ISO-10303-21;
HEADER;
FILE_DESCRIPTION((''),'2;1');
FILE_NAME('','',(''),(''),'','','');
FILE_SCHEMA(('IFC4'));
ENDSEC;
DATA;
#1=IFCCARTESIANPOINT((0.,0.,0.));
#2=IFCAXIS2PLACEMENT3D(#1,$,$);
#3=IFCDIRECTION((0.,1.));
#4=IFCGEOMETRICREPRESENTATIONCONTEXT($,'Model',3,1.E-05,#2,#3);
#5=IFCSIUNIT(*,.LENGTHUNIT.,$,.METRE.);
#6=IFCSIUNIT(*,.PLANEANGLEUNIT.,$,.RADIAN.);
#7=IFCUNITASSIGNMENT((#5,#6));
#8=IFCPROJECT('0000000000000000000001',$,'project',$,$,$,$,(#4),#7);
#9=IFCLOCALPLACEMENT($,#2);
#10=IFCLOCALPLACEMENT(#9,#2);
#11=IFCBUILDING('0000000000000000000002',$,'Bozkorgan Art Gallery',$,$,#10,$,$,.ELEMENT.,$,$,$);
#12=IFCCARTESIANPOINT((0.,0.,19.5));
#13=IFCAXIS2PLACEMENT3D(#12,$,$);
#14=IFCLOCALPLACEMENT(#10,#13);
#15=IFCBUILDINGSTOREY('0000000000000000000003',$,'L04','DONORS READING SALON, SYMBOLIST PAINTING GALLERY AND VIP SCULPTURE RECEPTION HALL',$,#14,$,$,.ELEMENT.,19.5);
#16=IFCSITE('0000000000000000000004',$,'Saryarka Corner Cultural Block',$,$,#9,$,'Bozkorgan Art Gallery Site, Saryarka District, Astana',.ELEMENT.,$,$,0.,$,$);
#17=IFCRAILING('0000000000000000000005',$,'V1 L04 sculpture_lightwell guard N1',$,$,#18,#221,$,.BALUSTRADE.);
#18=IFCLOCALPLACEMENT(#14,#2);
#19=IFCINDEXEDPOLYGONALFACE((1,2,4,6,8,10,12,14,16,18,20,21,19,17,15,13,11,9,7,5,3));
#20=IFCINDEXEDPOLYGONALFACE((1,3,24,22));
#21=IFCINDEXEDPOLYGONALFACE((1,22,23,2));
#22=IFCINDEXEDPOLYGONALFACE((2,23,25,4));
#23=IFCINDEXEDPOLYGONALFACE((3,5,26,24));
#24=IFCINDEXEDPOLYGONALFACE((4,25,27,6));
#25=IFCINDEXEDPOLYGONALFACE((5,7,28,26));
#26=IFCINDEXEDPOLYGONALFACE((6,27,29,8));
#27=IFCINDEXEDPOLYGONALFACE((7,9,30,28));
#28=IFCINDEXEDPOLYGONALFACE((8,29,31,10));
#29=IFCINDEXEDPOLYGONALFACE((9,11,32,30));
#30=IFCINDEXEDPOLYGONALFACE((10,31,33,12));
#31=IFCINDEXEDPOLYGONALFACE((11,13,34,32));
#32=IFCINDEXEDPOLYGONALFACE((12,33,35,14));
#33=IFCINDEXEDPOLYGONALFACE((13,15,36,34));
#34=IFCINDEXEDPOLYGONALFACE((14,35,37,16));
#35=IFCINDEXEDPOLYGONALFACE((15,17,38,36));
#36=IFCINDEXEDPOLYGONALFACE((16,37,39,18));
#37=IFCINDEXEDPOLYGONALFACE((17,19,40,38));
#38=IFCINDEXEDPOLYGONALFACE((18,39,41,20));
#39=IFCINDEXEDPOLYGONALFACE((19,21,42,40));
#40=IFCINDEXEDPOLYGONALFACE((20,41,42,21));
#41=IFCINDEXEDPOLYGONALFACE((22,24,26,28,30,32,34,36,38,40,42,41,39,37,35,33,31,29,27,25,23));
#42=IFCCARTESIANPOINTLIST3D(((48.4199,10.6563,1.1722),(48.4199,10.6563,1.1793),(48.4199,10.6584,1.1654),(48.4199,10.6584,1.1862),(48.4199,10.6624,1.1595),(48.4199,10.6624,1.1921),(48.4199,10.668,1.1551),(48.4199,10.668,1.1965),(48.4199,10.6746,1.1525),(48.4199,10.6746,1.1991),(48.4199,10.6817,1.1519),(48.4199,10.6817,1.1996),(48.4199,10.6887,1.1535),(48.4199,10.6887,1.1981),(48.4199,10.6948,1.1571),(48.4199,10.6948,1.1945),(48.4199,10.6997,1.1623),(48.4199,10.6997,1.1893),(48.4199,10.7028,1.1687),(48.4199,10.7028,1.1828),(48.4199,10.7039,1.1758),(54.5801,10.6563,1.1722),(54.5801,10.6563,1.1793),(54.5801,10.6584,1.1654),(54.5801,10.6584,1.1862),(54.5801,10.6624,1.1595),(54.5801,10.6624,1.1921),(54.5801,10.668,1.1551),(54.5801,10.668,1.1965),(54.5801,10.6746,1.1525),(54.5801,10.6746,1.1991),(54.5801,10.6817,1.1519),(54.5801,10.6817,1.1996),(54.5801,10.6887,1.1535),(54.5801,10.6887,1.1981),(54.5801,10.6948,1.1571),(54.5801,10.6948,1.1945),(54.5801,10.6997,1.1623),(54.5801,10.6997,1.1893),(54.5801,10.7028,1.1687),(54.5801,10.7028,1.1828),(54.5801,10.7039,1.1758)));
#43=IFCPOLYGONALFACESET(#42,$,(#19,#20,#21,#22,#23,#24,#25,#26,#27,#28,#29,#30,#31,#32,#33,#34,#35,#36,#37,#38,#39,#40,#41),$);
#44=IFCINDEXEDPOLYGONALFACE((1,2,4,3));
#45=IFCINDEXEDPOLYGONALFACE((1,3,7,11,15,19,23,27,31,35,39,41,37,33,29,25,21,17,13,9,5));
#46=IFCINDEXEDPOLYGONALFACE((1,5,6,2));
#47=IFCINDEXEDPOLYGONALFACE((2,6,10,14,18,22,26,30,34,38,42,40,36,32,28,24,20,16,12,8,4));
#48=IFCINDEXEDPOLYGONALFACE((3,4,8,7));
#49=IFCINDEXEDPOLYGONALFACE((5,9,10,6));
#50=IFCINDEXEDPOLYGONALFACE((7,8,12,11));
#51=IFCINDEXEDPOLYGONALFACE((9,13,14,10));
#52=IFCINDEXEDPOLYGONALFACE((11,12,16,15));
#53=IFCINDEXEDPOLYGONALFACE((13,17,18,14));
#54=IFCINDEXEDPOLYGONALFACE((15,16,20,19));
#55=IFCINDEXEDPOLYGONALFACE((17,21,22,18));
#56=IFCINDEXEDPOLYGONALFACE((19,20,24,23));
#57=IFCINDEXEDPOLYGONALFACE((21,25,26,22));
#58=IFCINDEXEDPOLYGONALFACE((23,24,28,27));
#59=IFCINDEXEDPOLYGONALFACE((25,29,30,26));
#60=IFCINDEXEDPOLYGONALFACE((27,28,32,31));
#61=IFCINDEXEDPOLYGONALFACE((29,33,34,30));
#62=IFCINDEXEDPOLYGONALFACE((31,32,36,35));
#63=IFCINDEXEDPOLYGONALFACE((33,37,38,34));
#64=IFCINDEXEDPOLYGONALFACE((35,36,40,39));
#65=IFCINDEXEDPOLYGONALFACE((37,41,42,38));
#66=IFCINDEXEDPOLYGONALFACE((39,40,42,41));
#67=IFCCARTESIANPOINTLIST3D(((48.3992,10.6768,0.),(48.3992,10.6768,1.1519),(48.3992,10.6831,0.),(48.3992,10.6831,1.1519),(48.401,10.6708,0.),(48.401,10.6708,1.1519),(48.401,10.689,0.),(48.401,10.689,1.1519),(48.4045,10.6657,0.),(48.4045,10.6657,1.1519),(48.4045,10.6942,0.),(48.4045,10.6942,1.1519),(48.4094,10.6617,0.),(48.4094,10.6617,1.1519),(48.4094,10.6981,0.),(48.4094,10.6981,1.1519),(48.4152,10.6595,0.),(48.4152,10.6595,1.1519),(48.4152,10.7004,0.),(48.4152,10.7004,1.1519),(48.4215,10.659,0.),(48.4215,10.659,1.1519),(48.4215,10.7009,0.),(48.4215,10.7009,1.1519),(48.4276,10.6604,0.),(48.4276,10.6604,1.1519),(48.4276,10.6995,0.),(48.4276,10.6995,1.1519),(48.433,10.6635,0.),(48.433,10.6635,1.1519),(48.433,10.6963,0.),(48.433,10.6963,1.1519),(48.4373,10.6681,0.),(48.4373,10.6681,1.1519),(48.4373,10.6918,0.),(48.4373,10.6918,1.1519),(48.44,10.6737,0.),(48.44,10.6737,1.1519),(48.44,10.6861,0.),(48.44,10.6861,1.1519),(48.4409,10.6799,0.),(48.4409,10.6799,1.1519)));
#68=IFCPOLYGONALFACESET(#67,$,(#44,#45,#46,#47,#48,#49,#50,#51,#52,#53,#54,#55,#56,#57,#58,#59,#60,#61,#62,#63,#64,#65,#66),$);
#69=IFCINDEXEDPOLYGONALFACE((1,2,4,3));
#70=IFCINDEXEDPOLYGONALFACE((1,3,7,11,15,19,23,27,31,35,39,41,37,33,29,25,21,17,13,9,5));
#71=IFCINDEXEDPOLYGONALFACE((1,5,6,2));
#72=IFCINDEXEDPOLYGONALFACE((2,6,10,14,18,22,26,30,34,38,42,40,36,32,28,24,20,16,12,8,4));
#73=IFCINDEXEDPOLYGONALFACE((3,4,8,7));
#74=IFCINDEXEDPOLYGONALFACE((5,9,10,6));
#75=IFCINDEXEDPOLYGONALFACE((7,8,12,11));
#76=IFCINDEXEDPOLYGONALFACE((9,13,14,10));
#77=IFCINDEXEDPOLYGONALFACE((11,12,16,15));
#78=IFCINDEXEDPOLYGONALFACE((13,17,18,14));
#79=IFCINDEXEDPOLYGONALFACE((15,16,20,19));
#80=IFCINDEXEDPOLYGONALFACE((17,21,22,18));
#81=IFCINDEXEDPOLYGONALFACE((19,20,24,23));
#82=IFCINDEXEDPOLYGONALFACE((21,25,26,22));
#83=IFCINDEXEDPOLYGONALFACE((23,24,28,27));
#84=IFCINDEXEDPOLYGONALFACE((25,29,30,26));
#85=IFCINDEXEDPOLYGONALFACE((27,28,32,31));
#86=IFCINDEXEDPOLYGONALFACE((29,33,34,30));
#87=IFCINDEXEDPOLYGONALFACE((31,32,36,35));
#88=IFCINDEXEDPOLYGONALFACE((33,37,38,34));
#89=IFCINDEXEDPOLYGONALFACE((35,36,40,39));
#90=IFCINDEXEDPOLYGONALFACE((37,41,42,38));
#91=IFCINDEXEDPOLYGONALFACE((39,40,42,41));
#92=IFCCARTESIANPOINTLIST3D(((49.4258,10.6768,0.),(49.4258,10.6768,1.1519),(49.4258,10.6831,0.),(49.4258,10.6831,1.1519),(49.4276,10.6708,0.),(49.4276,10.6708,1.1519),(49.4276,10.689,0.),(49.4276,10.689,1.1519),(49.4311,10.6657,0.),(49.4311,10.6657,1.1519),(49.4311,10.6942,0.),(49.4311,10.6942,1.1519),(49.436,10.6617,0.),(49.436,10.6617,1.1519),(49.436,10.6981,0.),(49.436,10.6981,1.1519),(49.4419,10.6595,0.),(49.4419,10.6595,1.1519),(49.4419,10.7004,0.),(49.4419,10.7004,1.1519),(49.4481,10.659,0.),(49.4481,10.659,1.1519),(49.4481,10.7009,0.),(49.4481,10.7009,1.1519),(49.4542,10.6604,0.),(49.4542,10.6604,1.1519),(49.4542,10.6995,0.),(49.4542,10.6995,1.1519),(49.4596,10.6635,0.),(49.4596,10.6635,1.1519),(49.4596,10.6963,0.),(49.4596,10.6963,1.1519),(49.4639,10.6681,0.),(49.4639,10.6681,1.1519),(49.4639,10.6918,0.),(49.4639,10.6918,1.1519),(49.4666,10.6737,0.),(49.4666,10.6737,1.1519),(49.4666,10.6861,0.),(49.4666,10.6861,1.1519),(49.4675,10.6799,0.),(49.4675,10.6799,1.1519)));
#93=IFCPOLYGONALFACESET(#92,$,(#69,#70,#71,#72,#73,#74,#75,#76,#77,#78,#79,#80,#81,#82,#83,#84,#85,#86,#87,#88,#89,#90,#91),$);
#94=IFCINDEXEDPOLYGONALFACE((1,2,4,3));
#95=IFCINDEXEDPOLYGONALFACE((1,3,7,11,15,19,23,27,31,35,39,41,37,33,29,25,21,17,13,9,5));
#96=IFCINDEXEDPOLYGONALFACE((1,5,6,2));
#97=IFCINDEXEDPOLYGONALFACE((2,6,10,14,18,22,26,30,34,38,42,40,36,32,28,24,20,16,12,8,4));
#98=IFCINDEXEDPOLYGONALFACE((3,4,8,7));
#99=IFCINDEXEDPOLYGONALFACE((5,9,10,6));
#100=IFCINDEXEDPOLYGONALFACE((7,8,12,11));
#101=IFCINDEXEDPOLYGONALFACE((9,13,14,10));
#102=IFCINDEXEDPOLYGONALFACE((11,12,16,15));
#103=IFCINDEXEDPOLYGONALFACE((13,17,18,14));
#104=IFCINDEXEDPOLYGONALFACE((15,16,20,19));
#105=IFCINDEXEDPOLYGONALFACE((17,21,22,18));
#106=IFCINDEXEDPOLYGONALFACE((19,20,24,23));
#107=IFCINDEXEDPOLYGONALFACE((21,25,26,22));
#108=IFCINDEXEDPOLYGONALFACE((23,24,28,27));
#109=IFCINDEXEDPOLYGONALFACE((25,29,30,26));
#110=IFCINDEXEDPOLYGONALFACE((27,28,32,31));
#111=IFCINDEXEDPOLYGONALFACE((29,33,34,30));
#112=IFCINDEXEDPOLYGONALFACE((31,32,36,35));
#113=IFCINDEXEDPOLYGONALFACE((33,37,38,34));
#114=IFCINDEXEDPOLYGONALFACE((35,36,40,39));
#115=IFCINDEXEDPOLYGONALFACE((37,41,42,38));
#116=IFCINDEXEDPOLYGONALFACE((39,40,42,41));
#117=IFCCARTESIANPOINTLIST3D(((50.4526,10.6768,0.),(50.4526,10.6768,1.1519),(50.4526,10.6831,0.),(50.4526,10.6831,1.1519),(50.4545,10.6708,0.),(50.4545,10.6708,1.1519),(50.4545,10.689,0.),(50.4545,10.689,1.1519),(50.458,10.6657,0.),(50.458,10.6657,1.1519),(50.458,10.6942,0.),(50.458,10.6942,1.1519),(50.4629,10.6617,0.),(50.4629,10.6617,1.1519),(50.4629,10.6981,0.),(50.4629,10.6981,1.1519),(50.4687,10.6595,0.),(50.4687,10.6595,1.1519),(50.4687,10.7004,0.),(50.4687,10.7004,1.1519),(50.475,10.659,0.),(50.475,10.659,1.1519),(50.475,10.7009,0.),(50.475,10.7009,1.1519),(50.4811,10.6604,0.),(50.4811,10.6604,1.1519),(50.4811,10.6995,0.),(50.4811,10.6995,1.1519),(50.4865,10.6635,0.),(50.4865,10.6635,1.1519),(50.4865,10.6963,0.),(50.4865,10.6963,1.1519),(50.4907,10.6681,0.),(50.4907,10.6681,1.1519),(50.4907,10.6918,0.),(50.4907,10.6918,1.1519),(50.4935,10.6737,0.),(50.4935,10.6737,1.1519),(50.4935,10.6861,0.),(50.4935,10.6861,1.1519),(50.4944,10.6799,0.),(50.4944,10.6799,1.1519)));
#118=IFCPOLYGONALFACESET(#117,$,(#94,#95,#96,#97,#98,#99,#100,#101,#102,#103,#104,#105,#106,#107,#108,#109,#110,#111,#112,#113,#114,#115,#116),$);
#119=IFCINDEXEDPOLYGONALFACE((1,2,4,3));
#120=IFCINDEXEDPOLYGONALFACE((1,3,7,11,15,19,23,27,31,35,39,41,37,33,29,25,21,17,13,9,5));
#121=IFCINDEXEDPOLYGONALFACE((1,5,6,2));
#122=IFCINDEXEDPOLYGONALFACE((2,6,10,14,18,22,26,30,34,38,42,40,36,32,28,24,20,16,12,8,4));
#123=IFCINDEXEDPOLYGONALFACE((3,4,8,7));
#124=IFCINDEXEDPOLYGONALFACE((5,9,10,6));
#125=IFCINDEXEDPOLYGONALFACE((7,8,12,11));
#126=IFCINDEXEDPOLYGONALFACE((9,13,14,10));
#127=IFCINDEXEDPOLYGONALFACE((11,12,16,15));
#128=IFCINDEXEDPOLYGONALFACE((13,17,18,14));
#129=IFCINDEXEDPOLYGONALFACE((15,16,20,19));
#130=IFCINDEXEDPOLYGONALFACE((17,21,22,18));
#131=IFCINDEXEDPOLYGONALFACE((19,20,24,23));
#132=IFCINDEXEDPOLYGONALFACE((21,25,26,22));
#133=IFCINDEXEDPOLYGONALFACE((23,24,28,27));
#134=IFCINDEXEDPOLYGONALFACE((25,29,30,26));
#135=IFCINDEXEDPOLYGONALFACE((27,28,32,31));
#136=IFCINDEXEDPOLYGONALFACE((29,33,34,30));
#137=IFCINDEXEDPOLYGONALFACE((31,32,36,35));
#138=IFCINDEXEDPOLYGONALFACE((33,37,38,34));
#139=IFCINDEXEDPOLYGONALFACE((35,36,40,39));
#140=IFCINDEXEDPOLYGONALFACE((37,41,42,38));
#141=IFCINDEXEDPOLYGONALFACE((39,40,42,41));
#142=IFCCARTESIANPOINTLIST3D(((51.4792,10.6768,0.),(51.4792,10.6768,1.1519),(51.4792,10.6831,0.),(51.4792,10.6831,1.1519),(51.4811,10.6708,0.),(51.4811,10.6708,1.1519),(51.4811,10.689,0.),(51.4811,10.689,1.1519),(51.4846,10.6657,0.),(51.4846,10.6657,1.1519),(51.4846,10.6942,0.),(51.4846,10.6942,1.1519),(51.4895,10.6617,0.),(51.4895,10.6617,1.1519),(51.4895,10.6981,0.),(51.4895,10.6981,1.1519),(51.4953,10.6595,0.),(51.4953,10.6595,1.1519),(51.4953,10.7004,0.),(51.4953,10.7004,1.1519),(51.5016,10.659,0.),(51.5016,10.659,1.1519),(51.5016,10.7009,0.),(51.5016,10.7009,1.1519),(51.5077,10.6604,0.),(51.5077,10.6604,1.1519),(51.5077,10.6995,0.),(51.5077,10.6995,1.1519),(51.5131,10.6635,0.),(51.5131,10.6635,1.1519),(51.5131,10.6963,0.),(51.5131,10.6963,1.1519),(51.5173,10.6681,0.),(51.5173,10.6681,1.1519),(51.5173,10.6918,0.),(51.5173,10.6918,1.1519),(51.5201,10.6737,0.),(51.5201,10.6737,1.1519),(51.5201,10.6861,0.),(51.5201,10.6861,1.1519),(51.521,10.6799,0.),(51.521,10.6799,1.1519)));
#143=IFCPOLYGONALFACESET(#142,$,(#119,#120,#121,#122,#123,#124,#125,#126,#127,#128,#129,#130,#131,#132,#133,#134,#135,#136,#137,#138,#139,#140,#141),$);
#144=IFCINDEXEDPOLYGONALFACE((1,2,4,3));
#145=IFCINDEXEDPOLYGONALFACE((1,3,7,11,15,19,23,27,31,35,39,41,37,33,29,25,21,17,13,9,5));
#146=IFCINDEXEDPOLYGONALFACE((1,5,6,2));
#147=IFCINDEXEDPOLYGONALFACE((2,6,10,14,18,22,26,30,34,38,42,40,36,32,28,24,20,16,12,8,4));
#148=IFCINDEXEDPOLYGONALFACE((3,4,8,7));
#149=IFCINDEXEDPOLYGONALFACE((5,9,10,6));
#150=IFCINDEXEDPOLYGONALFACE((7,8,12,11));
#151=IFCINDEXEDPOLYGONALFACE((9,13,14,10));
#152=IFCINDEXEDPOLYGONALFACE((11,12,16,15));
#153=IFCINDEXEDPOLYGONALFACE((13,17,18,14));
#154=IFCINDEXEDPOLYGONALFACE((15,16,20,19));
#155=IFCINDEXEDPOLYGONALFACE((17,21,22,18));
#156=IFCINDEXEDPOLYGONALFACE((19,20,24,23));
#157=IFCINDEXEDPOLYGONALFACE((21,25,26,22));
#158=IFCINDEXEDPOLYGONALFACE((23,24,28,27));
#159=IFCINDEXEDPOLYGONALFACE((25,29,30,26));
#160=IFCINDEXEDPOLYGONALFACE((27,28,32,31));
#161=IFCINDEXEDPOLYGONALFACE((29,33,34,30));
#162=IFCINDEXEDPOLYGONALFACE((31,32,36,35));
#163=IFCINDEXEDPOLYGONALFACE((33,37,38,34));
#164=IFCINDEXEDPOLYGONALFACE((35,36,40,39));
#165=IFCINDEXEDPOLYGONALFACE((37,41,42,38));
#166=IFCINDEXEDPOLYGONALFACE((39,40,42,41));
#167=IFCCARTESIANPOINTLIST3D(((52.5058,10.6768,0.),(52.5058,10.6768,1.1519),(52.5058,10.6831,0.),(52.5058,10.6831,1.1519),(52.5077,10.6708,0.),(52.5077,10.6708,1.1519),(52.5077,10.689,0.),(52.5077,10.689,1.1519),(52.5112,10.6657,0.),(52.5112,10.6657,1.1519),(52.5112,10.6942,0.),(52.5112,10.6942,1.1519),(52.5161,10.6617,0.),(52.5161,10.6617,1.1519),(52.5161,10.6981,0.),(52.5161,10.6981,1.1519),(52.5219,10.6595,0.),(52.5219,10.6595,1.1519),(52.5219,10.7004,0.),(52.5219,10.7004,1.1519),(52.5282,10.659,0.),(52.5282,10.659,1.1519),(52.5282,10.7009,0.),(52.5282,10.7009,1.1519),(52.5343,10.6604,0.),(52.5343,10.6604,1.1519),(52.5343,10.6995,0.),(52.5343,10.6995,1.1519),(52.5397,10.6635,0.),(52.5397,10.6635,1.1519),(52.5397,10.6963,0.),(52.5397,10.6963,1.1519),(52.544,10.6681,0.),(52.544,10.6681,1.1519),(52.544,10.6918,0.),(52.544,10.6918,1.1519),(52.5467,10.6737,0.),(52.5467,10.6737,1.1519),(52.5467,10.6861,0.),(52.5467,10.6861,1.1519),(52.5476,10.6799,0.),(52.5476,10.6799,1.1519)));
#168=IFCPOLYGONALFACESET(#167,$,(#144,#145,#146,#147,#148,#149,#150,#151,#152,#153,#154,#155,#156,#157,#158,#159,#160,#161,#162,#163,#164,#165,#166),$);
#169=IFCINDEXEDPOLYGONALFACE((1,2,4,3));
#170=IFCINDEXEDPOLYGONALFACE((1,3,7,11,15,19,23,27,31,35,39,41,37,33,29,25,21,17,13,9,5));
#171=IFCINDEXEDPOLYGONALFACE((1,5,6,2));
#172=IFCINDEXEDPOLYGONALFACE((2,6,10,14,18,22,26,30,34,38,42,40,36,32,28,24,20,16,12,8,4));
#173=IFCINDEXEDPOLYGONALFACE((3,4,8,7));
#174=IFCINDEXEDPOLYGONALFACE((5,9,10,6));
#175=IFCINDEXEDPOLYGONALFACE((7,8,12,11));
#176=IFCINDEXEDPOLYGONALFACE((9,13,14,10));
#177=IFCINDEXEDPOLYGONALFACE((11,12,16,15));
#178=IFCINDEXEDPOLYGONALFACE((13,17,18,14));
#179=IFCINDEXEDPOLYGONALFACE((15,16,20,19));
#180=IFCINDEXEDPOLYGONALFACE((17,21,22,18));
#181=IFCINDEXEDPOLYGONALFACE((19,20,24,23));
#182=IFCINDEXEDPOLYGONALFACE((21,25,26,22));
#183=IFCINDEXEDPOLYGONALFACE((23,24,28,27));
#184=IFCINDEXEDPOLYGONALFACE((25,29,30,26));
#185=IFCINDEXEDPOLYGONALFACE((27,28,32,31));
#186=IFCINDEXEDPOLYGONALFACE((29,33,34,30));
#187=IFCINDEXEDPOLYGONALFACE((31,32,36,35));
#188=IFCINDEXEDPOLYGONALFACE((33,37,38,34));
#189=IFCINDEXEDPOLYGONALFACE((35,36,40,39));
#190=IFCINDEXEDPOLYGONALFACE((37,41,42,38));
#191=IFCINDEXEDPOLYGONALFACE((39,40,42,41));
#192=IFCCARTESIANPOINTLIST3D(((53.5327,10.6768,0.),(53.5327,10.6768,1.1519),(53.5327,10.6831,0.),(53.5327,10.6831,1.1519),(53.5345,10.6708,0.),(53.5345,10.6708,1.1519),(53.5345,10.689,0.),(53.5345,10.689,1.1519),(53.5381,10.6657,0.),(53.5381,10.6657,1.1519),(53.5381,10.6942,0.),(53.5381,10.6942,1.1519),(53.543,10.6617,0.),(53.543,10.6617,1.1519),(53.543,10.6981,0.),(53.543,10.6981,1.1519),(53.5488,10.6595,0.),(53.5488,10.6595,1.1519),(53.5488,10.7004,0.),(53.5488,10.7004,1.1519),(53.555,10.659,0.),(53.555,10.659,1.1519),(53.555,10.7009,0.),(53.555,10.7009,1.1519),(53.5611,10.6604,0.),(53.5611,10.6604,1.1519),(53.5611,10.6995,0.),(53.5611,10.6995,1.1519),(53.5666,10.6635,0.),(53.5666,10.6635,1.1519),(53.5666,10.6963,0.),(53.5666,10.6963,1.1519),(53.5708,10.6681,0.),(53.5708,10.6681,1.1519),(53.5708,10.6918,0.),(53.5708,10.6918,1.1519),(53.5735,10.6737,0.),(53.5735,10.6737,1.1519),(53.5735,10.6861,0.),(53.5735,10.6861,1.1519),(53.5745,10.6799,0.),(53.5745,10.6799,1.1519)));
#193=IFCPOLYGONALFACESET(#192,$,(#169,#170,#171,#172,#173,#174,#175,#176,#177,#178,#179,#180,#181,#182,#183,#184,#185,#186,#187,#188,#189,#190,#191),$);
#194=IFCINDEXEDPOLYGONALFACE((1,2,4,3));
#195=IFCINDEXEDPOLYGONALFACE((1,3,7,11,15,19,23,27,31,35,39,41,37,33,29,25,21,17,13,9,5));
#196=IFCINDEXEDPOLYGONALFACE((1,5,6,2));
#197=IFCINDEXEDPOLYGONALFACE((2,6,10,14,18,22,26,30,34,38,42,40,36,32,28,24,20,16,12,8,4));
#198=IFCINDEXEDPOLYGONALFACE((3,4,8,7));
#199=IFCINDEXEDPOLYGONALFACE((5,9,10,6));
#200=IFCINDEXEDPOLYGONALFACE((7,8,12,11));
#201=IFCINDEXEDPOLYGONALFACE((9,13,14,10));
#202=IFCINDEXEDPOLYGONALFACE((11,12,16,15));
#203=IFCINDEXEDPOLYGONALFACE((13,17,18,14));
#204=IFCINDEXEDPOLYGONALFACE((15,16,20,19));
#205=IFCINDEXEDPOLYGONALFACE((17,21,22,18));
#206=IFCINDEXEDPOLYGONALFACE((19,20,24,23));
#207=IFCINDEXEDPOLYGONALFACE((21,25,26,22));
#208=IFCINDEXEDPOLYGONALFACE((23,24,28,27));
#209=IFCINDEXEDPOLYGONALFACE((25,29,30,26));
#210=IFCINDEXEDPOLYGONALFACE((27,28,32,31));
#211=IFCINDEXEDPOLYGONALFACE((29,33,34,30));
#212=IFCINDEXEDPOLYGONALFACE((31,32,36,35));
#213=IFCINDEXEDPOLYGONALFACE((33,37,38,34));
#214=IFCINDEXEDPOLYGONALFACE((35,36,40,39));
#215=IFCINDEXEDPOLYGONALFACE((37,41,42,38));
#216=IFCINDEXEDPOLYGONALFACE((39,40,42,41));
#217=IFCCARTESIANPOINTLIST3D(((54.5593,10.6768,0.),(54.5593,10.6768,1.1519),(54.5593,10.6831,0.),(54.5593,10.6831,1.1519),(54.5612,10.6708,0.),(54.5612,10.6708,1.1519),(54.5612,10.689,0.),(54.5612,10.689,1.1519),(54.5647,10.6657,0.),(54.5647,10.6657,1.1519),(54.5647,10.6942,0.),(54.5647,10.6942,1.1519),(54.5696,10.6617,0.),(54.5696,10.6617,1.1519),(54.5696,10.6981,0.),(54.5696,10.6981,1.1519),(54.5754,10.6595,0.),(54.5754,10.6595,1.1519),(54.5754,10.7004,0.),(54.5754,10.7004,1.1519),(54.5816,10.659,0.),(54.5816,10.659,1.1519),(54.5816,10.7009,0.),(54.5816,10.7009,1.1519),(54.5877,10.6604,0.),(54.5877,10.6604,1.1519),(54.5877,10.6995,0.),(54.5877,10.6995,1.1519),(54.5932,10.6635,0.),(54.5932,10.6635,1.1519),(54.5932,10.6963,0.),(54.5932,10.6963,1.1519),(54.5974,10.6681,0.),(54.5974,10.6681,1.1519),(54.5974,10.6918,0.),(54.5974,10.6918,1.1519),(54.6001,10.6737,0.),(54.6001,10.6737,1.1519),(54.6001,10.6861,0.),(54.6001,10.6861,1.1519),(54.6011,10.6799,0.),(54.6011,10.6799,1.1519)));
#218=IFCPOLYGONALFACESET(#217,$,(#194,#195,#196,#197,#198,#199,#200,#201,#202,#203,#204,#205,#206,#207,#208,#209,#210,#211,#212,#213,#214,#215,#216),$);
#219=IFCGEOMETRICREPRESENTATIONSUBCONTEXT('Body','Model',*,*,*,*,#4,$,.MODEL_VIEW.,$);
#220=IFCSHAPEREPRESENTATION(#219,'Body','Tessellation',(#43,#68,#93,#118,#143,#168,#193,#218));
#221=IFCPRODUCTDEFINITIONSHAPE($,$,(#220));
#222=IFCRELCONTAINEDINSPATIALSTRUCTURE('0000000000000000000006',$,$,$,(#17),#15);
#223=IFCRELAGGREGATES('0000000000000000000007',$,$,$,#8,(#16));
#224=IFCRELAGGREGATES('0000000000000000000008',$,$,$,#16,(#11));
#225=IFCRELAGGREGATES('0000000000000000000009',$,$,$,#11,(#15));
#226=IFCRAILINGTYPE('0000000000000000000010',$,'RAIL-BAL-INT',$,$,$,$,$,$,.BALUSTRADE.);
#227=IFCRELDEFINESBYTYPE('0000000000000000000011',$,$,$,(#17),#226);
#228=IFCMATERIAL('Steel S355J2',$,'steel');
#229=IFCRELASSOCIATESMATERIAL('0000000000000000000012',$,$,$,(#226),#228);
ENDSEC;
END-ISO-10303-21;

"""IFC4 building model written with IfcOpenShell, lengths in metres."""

from ifc_helpers import new_model, si_unit, direction, frame, origin, origin_2d, place, context, subcontext, project, spatial, circle, extrude, material, type_object, element, save


model = new_model("IFC4")

# Units and contexts
model_context = context("Model", 3, precision=1e-05, world=origin(), true_north=direction((0.0, 1.0)))
body_context = subcontext(model_context, "Body", "Model", "MODEL_VIEW")
ifc_project = project(units=[si_unit("LENGTHUNIT", "METRE"), si_unit("PLANEANGLEUNIT", "RADIAN")], contexts=[model_context])

# Site, building, storey
site_placement = place(None, origin())
site = spatial("IfcSite", under=ifc_project, at=site_placement, Name="Saryarka Corner Cultural Block", LongName="Bozkorgan Art Gallery Site, Saryarka District, Astana", CompositionType="ELEMENT", RefElevation=0.0)
building_placement = place(site_placement, origin())
building = spatial("IfcBuilding", under=site, at=building_placement, Name="Bozkorgan Art Gallery", CompositionType="ELEMENT")
storey_placement = place(building_placement, frame((0.0, 0.0, 19.5)))
storey = spatial("IfcBuildingStorey", under=building, at=storey_placement, Name="L04", Description="DONORS READING SALON, SYMBOLIST PAINTING GALLERY AND VIP SCULPTURE RECEPTION HALL", CompositionType="ELEMENT", Elevation=19.5)

# Shared definitions
ifc_material_1 = material(Name="Steel S355J2", Category="steel")

# Railing
railing_type = type_object("IfcRailingType", Name="RAIL-BAL-INT", PredefinedType="BALUSTRADE", material=ifc_material_1)
railing_1_placement = place(storey_placement, frame((48.4199, 10.6799, 0.0)))
element("IfcRailing", 1, at=railing_1_placement, inside=storey, type_object=railing_type, Name="V1 L04 sculpture_lightwell guard N1", PredefinedType="BALUSTRADE", context=body_context, shape_type="SweptSolid", body=[
    extrude(circle(Radius=0.0239, at=origin_2d()), frame((0.0, 0.0, 1.1758), z_axis=(1.0, 0.0, 0.0), x_axis=(0.0, 1.0, 0.0)), (0.0, 0.0, 1.0), 6.1602),
    extrude(circle(Radius=0.021, at=origin_2d()), origin(), (0.0, 0.0, 1.0), 1.1519),
    extrude(circle(Radius=0.021, at=origin_2d()), frame((1.0266, 0.0, 0.0)), (0.0, 0.0, 1.0), 1.1519),
    extrude(circle(Radius=0.021, at=origin_2d()), frame((2.0535, 0.0, 0.0)), (0.0, 0.0, 1.0), 1.1519),
    extrude(circle(Radius=0.021, at=origin_2d()), frame((3.0801, 0.0, 0.0)), (0.0, 0.0, 1.0), 1.1519),
    extrude(circle(Radius=0.021, at=origin_2d()), frame((4.1067, 0.0, 0.0)), (0.0, 0.0, 1.0), 1.1519),
    extrude(circle(Radius=0.021, at=origin_2d()), frame((5.1335, 0.0, 0.0)), (0.0, 0.0, 1.0), 1.1519),
    extrude(circle(Radius=0.021, at=origin_2d()), frame((6.1602, 0.0, 0.0)), (0.0, 0.0, 1.0), 1.1519),
])

save(model, "model.ifc")
